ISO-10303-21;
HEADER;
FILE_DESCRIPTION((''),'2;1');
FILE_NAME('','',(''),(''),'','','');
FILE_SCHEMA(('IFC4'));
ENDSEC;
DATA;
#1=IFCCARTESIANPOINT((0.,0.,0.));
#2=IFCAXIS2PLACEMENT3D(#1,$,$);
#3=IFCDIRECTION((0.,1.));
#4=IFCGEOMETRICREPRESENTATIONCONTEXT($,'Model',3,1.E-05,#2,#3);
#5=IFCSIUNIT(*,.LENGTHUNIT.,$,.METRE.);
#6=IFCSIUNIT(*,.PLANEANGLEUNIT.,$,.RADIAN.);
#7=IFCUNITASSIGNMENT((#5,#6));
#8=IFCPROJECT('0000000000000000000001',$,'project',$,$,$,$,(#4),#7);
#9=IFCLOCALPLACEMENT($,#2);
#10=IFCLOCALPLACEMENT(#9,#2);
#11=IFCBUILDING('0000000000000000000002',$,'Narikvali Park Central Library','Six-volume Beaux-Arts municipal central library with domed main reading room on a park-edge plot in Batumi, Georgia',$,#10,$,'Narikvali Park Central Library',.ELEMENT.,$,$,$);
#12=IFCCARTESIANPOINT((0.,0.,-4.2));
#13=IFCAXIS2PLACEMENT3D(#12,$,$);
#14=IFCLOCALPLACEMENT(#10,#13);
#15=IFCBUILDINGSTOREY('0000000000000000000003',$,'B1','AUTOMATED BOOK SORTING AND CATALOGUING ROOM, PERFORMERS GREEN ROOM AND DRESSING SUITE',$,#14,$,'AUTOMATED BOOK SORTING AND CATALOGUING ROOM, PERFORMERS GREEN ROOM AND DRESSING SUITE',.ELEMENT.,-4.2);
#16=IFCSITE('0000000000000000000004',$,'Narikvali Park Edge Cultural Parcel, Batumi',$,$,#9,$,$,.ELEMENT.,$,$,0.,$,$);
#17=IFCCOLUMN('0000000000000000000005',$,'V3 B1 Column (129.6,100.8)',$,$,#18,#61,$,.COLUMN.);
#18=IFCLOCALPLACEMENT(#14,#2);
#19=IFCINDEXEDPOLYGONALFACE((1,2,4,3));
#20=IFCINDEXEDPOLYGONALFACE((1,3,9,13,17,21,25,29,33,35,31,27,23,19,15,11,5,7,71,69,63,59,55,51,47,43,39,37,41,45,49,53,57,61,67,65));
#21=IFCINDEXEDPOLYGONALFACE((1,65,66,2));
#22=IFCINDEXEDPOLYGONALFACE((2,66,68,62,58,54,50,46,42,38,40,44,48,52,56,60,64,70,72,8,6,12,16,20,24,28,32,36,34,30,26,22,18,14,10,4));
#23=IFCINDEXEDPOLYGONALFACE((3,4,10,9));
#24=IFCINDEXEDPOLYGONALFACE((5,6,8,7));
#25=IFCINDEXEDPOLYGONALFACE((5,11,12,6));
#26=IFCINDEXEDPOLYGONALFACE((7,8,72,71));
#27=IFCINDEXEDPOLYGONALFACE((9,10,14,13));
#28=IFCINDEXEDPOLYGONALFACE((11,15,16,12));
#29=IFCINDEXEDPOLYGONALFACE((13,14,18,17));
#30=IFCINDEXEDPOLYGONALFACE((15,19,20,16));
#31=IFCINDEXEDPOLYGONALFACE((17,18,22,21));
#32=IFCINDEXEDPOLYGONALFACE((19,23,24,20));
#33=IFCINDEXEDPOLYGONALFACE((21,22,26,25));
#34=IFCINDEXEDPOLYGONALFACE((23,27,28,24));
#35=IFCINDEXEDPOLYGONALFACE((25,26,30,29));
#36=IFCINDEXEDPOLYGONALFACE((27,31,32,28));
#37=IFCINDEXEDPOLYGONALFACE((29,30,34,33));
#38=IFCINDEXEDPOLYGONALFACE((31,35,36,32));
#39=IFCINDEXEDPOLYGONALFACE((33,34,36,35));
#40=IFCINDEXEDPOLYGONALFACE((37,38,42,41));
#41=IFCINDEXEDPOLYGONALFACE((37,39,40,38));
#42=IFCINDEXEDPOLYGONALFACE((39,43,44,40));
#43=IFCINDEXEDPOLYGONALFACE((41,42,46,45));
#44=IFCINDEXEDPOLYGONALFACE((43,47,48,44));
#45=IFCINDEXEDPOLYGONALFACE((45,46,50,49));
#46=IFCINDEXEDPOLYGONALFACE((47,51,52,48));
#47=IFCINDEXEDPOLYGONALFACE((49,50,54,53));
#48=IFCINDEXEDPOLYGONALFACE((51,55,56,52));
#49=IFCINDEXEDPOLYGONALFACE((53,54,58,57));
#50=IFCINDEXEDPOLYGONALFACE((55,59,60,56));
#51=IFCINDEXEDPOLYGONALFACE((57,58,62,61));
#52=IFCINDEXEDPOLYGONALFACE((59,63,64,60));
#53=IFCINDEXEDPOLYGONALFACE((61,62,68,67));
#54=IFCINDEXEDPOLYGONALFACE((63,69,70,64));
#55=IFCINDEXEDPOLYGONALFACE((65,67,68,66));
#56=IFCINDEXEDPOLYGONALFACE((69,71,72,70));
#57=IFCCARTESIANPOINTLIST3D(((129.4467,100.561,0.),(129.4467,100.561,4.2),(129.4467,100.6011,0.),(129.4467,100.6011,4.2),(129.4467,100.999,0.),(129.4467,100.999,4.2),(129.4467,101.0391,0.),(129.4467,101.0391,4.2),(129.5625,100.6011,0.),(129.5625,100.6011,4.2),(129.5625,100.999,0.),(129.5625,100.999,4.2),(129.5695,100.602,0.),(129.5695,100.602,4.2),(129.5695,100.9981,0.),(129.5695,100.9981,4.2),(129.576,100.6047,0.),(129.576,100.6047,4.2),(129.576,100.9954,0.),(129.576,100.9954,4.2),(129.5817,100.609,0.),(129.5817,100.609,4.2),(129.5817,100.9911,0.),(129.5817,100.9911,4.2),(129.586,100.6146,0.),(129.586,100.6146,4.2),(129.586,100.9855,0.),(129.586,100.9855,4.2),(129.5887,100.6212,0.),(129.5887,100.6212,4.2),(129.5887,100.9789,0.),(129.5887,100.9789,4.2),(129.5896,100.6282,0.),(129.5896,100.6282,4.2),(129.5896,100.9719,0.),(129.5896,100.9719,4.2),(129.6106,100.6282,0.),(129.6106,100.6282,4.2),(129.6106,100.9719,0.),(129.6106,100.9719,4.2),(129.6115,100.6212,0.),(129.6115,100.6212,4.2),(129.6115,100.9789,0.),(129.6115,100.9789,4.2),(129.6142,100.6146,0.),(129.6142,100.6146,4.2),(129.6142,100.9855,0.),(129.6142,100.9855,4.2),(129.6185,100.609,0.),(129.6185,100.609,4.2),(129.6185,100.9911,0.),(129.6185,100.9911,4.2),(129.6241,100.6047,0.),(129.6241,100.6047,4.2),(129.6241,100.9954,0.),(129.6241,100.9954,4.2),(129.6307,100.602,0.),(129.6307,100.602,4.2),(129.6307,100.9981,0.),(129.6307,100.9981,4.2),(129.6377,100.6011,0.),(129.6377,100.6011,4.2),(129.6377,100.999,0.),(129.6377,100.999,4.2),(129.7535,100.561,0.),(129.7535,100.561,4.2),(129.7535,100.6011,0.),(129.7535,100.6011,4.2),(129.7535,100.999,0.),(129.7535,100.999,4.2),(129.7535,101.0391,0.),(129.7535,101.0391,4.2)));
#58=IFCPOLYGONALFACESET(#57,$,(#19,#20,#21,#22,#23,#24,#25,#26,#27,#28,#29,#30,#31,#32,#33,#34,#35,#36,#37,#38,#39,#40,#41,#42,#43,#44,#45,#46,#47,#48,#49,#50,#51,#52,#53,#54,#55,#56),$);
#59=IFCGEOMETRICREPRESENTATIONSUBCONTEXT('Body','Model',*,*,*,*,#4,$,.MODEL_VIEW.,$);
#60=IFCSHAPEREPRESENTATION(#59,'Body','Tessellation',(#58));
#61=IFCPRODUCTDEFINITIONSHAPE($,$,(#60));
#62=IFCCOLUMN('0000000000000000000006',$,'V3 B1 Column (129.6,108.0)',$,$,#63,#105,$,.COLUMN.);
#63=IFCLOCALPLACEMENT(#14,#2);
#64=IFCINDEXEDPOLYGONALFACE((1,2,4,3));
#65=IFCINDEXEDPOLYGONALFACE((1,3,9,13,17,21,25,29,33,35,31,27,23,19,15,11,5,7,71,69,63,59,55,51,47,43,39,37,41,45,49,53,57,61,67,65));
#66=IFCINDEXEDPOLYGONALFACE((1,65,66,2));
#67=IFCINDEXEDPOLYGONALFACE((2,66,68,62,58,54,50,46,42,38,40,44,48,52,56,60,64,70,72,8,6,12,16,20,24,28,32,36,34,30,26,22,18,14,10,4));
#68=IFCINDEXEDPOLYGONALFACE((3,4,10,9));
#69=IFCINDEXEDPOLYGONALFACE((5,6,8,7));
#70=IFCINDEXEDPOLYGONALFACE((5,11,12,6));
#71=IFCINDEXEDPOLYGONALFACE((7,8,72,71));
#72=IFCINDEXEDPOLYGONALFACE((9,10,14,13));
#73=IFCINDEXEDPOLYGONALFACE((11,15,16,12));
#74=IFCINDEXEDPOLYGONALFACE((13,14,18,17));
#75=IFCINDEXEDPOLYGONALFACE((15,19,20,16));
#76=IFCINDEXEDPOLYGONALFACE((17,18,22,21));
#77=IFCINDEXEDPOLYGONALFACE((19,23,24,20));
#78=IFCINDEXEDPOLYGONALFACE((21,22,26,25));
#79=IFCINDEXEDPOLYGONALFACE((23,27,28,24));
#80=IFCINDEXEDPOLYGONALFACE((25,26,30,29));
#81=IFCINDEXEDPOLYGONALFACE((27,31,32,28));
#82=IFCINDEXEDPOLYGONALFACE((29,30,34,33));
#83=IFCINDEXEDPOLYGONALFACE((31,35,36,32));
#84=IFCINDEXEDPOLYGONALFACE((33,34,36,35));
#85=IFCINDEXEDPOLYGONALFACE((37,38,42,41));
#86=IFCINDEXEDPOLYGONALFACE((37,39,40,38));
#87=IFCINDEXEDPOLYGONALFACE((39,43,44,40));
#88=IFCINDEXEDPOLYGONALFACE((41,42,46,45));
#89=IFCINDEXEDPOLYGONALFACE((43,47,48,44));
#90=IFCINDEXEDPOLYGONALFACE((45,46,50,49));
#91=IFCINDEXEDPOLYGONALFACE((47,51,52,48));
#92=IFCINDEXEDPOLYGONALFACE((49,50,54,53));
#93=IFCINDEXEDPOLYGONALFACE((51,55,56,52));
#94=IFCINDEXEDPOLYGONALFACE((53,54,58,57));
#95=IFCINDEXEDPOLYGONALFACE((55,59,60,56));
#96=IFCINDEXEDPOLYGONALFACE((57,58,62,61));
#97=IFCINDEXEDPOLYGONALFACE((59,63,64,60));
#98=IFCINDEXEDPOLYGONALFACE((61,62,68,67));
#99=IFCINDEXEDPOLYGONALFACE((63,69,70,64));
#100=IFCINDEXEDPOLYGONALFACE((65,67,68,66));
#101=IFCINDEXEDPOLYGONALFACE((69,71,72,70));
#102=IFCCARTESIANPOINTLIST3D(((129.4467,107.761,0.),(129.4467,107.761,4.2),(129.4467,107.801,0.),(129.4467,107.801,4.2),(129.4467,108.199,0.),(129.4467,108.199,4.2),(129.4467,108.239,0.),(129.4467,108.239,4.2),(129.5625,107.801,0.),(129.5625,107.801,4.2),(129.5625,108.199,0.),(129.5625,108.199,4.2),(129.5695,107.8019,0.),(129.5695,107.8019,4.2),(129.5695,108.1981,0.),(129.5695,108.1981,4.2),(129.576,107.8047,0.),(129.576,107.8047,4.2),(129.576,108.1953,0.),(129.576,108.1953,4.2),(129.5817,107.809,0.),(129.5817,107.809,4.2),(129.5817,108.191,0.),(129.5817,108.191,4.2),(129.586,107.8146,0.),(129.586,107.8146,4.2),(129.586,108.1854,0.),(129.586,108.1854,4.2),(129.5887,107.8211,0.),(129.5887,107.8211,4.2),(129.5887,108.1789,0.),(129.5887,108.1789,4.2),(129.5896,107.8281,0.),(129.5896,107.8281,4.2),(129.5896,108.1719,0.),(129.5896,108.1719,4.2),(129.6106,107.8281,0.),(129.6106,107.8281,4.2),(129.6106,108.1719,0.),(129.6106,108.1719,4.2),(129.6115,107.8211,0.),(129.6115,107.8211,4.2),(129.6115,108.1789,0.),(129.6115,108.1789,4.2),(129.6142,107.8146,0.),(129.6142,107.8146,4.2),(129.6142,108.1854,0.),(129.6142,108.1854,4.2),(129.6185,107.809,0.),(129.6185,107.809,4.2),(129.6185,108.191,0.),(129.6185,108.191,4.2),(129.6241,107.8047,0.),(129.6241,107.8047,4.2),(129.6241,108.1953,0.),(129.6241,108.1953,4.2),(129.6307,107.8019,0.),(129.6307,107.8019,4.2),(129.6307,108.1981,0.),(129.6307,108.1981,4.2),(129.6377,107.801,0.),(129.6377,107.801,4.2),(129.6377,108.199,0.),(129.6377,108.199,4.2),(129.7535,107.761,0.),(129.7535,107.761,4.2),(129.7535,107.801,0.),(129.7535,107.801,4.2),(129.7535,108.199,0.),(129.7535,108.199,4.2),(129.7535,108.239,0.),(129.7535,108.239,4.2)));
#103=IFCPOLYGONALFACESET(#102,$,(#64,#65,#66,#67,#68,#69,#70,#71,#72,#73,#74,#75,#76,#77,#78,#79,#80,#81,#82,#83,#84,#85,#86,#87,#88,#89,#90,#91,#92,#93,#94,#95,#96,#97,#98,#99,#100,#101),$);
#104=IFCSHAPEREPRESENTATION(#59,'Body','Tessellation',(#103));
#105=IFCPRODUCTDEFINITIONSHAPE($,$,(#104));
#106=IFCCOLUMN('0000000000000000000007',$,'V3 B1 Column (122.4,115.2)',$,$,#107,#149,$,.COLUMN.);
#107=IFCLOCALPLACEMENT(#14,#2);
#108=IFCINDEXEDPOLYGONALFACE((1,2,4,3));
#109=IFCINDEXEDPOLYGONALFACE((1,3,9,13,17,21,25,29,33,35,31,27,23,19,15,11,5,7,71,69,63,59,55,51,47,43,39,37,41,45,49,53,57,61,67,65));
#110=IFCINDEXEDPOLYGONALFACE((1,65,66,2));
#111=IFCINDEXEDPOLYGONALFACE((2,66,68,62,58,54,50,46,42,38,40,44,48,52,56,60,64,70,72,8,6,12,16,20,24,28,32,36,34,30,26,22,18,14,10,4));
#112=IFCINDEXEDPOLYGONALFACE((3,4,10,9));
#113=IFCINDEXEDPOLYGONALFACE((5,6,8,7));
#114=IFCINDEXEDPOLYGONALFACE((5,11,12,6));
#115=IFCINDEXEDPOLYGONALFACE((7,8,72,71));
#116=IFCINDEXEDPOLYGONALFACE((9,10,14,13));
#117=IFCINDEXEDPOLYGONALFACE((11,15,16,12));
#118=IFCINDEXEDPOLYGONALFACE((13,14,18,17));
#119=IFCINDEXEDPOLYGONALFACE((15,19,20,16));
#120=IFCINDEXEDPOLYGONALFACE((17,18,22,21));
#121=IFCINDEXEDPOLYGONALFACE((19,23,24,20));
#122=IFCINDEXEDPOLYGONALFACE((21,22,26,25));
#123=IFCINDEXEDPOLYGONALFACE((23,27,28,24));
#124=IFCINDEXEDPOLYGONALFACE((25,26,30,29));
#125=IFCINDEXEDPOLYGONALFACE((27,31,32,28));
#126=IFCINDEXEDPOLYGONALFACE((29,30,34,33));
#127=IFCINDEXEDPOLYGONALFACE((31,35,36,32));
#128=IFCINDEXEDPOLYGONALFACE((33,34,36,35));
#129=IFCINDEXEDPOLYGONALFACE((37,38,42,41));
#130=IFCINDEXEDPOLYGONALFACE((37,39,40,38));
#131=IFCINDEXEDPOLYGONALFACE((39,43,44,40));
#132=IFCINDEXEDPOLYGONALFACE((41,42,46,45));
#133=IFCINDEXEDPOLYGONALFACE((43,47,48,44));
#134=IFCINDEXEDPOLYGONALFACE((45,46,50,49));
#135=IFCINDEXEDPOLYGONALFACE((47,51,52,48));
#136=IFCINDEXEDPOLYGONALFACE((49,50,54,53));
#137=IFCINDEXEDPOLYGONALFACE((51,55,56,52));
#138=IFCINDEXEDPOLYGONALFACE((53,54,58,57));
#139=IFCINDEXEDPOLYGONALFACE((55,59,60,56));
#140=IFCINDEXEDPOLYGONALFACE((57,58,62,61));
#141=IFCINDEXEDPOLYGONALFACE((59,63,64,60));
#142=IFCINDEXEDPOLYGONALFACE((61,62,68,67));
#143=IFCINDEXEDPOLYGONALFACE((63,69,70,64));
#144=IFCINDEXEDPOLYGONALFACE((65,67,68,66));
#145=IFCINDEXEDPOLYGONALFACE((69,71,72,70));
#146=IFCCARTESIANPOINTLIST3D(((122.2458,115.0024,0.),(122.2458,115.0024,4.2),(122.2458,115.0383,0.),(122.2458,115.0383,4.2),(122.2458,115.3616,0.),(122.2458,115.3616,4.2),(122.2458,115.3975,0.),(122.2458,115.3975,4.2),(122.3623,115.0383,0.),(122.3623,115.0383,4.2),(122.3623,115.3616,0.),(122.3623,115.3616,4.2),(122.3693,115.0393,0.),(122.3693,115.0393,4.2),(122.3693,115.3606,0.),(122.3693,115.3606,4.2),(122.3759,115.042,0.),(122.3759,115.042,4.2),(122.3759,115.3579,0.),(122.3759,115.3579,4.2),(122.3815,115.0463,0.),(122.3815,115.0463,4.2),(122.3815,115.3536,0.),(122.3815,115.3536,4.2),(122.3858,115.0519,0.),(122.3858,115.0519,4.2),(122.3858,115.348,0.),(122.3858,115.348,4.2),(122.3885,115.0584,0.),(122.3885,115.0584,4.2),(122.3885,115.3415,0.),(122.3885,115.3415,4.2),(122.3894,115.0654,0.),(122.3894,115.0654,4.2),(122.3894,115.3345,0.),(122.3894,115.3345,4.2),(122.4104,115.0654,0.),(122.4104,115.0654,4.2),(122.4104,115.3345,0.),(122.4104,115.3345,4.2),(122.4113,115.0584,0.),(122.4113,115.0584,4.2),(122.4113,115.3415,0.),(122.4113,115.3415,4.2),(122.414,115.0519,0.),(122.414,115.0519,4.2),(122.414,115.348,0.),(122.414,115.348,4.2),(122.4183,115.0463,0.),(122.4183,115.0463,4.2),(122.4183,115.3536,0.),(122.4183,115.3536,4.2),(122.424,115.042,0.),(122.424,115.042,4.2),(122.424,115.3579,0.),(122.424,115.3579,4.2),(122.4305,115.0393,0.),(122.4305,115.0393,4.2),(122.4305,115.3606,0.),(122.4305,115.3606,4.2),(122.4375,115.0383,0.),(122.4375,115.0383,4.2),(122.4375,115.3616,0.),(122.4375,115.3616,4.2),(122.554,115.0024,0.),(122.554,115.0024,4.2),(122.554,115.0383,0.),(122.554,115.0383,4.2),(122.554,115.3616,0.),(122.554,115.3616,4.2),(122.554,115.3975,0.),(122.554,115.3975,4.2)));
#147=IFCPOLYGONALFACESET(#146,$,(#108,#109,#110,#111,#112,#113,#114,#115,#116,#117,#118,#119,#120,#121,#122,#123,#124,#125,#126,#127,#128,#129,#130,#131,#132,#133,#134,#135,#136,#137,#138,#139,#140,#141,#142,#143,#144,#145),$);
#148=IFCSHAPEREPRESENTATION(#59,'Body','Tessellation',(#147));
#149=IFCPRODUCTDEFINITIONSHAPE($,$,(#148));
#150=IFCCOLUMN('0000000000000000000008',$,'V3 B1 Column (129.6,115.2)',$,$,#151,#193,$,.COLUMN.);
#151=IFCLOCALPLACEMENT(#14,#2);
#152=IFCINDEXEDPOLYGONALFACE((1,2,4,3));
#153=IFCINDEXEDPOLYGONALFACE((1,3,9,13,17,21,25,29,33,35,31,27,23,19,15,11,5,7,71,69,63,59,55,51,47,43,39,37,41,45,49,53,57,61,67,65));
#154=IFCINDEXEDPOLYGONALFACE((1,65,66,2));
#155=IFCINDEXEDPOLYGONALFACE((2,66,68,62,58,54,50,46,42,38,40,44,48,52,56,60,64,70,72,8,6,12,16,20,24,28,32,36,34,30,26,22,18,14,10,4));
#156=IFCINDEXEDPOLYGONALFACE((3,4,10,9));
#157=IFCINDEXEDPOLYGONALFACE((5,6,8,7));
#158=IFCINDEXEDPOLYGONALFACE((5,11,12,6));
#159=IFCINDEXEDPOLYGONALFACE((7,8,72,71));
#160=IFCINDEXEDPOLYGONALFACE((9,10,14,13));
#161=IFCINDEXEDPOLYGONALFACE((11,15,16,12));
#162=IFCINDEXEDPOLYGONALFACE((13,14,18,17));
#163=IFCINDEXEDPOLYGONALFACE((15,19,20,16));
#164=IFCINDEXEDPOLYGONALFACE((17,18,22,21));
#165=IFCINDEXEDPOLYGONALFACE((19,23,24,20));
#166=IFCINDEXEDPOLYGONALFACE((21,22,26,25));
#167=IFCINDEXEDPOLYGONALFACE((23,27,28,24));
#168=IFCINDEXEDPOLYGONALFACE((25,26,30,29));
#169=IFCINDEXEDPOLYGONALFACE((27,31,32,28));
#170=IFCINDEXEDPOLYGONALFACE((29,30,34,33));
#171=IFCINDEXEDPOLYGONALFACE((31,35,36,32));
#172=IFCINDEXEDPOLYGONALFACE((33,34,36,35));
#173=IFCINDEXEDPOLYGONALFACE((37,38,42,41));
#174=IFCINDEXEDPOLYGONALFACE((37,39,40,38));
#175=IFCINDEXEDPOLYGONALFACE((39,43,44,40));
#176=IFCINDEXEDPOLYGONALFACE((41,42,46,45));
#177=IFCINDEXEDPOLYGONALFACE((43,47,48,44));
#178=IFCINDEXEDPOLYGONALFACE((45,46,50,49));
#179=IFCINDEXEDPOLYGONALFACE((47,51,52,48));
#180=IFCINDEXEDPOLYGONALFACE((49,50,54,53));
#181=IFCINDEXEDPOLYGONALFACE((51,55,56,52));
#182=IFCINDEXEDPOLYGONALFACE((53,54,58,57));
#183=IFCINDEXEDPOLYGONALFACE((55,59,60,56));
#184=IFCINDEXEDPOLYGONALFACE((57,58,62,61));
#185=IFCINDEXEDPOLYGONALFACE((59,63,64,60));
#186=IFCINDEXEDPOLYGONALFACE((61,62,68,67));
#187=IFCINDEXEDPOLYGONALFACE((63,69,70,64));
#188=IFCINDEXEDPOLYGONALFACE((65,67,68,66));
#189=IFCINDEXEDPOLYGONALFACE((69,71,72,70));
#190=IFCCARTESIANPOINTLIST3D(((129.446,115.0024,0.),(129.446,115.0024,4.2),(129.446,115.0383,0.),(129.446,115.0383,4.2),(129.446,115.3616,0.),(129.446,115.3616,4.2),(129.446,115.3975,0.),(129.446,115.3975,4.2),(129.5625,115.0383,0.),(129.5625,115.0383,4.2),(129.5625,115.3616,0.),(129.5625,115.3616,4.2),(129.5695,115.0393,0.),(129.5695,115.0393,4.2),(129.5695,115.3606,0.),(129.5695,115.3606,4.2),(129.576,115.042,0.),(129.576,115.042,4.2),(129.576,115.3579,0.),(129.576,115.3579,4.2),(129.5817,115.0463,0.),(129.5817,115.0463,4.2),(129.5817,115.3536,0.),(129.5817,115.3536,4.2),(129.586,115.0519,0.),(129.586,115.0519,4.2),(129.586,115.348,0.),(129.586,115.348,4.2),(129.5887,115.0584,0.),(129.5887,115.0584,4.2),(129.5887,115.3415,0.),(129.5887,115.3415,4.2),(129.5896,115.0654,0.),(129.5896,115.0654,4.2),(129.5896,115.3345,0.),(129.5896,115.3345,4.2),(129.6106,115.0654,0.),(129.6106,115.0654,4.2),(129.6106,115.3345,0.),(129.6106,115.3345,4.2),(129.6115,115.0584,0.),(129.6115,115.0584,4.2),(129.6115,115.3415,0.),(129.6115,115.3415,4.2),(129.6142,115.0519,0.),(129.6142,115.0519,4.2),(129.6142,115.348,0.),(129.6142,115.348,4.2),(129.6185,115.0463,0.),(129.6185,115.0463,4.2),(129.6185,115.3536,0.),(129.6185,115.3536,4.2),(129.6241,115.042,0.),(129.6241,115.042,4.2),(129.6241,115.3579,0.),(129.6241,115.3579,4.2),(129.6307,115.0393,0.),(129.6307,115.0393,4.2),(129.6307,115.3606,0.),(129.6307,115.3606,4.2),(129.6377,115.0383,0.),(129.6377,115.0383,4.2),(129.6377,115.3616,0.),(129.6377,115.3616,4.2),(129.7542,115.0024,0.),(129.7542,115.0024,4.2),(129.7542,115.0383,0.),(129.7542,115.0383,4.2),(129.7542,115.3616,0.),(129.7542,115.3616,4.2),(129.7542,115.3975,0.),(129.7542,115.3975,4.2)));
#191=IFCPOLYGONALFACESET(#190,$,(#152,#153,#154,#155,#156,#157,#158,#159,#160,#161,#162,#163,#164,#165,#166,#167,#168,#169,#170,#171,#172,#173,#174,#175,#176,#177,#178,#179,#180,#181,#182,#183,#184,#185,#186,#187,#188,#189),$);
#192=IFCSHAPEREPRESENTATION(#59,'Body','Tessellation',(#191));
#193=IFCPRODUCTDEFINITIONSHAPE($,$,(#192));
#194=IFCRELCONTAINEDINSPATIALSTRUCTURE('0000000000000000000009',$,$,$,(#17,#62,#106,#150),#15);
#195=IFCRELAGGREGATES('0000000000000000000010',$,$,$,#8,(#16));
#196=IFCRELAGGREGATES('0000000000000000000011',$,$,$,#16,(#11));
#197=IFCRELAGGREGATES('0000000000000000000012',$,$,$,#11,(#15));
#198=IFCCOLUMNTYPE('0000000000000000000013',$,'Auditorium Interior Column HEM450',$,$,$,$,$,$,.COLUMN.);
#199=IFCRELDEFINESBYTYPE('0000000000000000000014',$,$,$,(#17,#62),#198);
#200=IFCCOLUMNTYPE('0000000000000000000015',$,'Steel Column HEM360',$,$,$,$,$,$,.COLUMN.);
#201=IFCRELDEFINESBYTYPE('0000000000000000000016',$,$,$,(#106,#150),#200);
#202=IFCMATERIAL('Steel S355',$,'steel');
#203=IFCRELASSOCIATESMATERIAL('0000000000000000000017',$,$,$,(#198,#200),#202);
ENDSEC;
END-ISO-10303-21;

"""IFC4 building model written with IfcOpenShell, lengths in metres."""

from ifc_helpers import new_model, si_unit, direction, frame, origin, origin_2d, place, context, subcontext, project, spatial, i_section, extrude, material, material_profile, profile_set, type_object, element, save


model = new_model("IFC4")

# Units and contexts
model_context = context("Model", 3, precision=1e-05, world=origin(), true_north=direction((0.0, 1.0)))
body_context = subcontext(model_context, "Body", "Model", "MODEL_VIEW")
ifc_project = project(units=[si_unit("LENGTHUNIT", "METRE"), si_unit("PLANEANGLEUNIT", "RADIAN")], contexts=[model_context])

# Site, building, storey
site_placement = place(None, origin())
site = spatial("IfcSite", under=ifc_project, at=site_placement, Name="Narikvali Park Edge Cultural Parcel, Batumi", CompositionType="ELEMENT", RefElevation=0.0)
building_placement = place(site_placement, origin())
building = spatial("IfcBuilding", under=site, at=building_placement, Name="Narikvali Park Central Library", Description="Six-volume Beaux-Arts municipal central library with domed main reading room on a park-edge plot in Batumi, Georgia", LongName="Narikvali Park Central Library", CompositionType="ELEMENT")
storey_placement = place(building_placement, frame((0.0, 0.0, -4.2)))
storey = spatial("IfcBuildingStorey", under=building, at=storey_placement, Name="B1", Description="AUTOMATED BOOK SORTING AND CATALOGUING ROOM, PERFORMERS GREEN ROOM AND DRESSING SUITE", LongName="AUTOMATED BOOK SORTING AND CATALOGUING ROOM, PERFORMERS GREEN ROOM AND DRESSING SUITE", CompositionType="ELEMENT", Elevation=-4.2)

# Columns
ifc_material_1 = material(Name="Steel S355", Category="steel")
ifc_material_profile_1 = material_profile(ifc_material_1, i_section(OverallWidth=0.3069, OverallDepth=0.478, WebThickness=0.021, FlangeThickness=0.04, FilletRadius=0.0271, at=origin_2d()), Name="HEM 450")
ifc_profile_set_1 = profile_set([ifc_material_profile_1], Name="Steel S355")
column_type_1 = type_object("IfcColumnType", Name="Auditorium Interior Column HEM450", PredefinedType="COLUMN", material=ifc_profile_set_1)
for number, where, z_axis, x_axis, name in (
    (1, (129.6001, 100.8, 0.0), (0.0, 0.0, 1.0), (1.0, 0.0, 0.0), "V3 B1 Column (129.6,100.8)"),
    (2, (129.6001, 108.0, 0.0), (0.0, 0.0, 1.0), (1.0, 0.0, 0.0), "V3 B1 Column (129.6,108.0)"),
):
    element("IfcColumn", number, at=place(storey_placement, frame(where, z_axis=z_axis, x_axis=x_axis)), inside=storey, type_object=column_type_1, Name=name, PredefinedType="COLUMN", context=body_context, shape_type="SweptSolid", body=[
        extrude(i_section(OverallWidth=0.3069, OverallDepth=0.478, WebThickness=0.021, FlangeThickness=0.04, FilletRadius=0.0271, at=origin_2d()), origin(), (0.0, 0.0, 1.0), 4.2),
    ])
ifc_material_profile_2 = material_profile(ifc_material_1, i_section(OverallWidth=0.3081, OverallDepth=0.395, WebThickness=0.021, FlangeThickness=0.0359, FilletRadius=0.0271, at=origin_2d()), Name="HEM 360")
ifc_profile_set_2 = profile_set([ifc_material_profile_2], Name="Steel S355")
column_type_2 = type_object("IfcColumnType", Name="Steel Column HEM360", PredefinedType="COLUMN", material=ifc_profile_set_2)
for number, where, z_axis, x_axis, name in (
    (3, (122.3999, 115.2, 0.0), (0.0, 0.0, 1.0), (1.0, 0.0, 0.0), "V3 B1 Column (122.4,115.2)"),
    (4, (129.6001, 115.2, 0.0), (0.0, 0.0, 1.0), (1.0, 0.0, 0.0), "V3 B1 Column (129.6,115.2)"),
):
    element("IfcColumn", number, at=place(storey_placement, frame(where, z_axis=z_axis, x_axis=x_axis)), inside=storey, type_object=column_type_2, Name=name, PredefinedType="COLUMN", context=body_context, shape_type="SweptSolid", body=[
        extrude(i_section(OverallWidth=0.3081, OverallDepth=0.395, WebThickness=0.021, FlangeThickness=0.0359, FilletRadius=0.0271, at=origin_2d()), origin(), (0.0, 0.0, 1.0), 4.2),
    ])

save(model, "model.ifc")
